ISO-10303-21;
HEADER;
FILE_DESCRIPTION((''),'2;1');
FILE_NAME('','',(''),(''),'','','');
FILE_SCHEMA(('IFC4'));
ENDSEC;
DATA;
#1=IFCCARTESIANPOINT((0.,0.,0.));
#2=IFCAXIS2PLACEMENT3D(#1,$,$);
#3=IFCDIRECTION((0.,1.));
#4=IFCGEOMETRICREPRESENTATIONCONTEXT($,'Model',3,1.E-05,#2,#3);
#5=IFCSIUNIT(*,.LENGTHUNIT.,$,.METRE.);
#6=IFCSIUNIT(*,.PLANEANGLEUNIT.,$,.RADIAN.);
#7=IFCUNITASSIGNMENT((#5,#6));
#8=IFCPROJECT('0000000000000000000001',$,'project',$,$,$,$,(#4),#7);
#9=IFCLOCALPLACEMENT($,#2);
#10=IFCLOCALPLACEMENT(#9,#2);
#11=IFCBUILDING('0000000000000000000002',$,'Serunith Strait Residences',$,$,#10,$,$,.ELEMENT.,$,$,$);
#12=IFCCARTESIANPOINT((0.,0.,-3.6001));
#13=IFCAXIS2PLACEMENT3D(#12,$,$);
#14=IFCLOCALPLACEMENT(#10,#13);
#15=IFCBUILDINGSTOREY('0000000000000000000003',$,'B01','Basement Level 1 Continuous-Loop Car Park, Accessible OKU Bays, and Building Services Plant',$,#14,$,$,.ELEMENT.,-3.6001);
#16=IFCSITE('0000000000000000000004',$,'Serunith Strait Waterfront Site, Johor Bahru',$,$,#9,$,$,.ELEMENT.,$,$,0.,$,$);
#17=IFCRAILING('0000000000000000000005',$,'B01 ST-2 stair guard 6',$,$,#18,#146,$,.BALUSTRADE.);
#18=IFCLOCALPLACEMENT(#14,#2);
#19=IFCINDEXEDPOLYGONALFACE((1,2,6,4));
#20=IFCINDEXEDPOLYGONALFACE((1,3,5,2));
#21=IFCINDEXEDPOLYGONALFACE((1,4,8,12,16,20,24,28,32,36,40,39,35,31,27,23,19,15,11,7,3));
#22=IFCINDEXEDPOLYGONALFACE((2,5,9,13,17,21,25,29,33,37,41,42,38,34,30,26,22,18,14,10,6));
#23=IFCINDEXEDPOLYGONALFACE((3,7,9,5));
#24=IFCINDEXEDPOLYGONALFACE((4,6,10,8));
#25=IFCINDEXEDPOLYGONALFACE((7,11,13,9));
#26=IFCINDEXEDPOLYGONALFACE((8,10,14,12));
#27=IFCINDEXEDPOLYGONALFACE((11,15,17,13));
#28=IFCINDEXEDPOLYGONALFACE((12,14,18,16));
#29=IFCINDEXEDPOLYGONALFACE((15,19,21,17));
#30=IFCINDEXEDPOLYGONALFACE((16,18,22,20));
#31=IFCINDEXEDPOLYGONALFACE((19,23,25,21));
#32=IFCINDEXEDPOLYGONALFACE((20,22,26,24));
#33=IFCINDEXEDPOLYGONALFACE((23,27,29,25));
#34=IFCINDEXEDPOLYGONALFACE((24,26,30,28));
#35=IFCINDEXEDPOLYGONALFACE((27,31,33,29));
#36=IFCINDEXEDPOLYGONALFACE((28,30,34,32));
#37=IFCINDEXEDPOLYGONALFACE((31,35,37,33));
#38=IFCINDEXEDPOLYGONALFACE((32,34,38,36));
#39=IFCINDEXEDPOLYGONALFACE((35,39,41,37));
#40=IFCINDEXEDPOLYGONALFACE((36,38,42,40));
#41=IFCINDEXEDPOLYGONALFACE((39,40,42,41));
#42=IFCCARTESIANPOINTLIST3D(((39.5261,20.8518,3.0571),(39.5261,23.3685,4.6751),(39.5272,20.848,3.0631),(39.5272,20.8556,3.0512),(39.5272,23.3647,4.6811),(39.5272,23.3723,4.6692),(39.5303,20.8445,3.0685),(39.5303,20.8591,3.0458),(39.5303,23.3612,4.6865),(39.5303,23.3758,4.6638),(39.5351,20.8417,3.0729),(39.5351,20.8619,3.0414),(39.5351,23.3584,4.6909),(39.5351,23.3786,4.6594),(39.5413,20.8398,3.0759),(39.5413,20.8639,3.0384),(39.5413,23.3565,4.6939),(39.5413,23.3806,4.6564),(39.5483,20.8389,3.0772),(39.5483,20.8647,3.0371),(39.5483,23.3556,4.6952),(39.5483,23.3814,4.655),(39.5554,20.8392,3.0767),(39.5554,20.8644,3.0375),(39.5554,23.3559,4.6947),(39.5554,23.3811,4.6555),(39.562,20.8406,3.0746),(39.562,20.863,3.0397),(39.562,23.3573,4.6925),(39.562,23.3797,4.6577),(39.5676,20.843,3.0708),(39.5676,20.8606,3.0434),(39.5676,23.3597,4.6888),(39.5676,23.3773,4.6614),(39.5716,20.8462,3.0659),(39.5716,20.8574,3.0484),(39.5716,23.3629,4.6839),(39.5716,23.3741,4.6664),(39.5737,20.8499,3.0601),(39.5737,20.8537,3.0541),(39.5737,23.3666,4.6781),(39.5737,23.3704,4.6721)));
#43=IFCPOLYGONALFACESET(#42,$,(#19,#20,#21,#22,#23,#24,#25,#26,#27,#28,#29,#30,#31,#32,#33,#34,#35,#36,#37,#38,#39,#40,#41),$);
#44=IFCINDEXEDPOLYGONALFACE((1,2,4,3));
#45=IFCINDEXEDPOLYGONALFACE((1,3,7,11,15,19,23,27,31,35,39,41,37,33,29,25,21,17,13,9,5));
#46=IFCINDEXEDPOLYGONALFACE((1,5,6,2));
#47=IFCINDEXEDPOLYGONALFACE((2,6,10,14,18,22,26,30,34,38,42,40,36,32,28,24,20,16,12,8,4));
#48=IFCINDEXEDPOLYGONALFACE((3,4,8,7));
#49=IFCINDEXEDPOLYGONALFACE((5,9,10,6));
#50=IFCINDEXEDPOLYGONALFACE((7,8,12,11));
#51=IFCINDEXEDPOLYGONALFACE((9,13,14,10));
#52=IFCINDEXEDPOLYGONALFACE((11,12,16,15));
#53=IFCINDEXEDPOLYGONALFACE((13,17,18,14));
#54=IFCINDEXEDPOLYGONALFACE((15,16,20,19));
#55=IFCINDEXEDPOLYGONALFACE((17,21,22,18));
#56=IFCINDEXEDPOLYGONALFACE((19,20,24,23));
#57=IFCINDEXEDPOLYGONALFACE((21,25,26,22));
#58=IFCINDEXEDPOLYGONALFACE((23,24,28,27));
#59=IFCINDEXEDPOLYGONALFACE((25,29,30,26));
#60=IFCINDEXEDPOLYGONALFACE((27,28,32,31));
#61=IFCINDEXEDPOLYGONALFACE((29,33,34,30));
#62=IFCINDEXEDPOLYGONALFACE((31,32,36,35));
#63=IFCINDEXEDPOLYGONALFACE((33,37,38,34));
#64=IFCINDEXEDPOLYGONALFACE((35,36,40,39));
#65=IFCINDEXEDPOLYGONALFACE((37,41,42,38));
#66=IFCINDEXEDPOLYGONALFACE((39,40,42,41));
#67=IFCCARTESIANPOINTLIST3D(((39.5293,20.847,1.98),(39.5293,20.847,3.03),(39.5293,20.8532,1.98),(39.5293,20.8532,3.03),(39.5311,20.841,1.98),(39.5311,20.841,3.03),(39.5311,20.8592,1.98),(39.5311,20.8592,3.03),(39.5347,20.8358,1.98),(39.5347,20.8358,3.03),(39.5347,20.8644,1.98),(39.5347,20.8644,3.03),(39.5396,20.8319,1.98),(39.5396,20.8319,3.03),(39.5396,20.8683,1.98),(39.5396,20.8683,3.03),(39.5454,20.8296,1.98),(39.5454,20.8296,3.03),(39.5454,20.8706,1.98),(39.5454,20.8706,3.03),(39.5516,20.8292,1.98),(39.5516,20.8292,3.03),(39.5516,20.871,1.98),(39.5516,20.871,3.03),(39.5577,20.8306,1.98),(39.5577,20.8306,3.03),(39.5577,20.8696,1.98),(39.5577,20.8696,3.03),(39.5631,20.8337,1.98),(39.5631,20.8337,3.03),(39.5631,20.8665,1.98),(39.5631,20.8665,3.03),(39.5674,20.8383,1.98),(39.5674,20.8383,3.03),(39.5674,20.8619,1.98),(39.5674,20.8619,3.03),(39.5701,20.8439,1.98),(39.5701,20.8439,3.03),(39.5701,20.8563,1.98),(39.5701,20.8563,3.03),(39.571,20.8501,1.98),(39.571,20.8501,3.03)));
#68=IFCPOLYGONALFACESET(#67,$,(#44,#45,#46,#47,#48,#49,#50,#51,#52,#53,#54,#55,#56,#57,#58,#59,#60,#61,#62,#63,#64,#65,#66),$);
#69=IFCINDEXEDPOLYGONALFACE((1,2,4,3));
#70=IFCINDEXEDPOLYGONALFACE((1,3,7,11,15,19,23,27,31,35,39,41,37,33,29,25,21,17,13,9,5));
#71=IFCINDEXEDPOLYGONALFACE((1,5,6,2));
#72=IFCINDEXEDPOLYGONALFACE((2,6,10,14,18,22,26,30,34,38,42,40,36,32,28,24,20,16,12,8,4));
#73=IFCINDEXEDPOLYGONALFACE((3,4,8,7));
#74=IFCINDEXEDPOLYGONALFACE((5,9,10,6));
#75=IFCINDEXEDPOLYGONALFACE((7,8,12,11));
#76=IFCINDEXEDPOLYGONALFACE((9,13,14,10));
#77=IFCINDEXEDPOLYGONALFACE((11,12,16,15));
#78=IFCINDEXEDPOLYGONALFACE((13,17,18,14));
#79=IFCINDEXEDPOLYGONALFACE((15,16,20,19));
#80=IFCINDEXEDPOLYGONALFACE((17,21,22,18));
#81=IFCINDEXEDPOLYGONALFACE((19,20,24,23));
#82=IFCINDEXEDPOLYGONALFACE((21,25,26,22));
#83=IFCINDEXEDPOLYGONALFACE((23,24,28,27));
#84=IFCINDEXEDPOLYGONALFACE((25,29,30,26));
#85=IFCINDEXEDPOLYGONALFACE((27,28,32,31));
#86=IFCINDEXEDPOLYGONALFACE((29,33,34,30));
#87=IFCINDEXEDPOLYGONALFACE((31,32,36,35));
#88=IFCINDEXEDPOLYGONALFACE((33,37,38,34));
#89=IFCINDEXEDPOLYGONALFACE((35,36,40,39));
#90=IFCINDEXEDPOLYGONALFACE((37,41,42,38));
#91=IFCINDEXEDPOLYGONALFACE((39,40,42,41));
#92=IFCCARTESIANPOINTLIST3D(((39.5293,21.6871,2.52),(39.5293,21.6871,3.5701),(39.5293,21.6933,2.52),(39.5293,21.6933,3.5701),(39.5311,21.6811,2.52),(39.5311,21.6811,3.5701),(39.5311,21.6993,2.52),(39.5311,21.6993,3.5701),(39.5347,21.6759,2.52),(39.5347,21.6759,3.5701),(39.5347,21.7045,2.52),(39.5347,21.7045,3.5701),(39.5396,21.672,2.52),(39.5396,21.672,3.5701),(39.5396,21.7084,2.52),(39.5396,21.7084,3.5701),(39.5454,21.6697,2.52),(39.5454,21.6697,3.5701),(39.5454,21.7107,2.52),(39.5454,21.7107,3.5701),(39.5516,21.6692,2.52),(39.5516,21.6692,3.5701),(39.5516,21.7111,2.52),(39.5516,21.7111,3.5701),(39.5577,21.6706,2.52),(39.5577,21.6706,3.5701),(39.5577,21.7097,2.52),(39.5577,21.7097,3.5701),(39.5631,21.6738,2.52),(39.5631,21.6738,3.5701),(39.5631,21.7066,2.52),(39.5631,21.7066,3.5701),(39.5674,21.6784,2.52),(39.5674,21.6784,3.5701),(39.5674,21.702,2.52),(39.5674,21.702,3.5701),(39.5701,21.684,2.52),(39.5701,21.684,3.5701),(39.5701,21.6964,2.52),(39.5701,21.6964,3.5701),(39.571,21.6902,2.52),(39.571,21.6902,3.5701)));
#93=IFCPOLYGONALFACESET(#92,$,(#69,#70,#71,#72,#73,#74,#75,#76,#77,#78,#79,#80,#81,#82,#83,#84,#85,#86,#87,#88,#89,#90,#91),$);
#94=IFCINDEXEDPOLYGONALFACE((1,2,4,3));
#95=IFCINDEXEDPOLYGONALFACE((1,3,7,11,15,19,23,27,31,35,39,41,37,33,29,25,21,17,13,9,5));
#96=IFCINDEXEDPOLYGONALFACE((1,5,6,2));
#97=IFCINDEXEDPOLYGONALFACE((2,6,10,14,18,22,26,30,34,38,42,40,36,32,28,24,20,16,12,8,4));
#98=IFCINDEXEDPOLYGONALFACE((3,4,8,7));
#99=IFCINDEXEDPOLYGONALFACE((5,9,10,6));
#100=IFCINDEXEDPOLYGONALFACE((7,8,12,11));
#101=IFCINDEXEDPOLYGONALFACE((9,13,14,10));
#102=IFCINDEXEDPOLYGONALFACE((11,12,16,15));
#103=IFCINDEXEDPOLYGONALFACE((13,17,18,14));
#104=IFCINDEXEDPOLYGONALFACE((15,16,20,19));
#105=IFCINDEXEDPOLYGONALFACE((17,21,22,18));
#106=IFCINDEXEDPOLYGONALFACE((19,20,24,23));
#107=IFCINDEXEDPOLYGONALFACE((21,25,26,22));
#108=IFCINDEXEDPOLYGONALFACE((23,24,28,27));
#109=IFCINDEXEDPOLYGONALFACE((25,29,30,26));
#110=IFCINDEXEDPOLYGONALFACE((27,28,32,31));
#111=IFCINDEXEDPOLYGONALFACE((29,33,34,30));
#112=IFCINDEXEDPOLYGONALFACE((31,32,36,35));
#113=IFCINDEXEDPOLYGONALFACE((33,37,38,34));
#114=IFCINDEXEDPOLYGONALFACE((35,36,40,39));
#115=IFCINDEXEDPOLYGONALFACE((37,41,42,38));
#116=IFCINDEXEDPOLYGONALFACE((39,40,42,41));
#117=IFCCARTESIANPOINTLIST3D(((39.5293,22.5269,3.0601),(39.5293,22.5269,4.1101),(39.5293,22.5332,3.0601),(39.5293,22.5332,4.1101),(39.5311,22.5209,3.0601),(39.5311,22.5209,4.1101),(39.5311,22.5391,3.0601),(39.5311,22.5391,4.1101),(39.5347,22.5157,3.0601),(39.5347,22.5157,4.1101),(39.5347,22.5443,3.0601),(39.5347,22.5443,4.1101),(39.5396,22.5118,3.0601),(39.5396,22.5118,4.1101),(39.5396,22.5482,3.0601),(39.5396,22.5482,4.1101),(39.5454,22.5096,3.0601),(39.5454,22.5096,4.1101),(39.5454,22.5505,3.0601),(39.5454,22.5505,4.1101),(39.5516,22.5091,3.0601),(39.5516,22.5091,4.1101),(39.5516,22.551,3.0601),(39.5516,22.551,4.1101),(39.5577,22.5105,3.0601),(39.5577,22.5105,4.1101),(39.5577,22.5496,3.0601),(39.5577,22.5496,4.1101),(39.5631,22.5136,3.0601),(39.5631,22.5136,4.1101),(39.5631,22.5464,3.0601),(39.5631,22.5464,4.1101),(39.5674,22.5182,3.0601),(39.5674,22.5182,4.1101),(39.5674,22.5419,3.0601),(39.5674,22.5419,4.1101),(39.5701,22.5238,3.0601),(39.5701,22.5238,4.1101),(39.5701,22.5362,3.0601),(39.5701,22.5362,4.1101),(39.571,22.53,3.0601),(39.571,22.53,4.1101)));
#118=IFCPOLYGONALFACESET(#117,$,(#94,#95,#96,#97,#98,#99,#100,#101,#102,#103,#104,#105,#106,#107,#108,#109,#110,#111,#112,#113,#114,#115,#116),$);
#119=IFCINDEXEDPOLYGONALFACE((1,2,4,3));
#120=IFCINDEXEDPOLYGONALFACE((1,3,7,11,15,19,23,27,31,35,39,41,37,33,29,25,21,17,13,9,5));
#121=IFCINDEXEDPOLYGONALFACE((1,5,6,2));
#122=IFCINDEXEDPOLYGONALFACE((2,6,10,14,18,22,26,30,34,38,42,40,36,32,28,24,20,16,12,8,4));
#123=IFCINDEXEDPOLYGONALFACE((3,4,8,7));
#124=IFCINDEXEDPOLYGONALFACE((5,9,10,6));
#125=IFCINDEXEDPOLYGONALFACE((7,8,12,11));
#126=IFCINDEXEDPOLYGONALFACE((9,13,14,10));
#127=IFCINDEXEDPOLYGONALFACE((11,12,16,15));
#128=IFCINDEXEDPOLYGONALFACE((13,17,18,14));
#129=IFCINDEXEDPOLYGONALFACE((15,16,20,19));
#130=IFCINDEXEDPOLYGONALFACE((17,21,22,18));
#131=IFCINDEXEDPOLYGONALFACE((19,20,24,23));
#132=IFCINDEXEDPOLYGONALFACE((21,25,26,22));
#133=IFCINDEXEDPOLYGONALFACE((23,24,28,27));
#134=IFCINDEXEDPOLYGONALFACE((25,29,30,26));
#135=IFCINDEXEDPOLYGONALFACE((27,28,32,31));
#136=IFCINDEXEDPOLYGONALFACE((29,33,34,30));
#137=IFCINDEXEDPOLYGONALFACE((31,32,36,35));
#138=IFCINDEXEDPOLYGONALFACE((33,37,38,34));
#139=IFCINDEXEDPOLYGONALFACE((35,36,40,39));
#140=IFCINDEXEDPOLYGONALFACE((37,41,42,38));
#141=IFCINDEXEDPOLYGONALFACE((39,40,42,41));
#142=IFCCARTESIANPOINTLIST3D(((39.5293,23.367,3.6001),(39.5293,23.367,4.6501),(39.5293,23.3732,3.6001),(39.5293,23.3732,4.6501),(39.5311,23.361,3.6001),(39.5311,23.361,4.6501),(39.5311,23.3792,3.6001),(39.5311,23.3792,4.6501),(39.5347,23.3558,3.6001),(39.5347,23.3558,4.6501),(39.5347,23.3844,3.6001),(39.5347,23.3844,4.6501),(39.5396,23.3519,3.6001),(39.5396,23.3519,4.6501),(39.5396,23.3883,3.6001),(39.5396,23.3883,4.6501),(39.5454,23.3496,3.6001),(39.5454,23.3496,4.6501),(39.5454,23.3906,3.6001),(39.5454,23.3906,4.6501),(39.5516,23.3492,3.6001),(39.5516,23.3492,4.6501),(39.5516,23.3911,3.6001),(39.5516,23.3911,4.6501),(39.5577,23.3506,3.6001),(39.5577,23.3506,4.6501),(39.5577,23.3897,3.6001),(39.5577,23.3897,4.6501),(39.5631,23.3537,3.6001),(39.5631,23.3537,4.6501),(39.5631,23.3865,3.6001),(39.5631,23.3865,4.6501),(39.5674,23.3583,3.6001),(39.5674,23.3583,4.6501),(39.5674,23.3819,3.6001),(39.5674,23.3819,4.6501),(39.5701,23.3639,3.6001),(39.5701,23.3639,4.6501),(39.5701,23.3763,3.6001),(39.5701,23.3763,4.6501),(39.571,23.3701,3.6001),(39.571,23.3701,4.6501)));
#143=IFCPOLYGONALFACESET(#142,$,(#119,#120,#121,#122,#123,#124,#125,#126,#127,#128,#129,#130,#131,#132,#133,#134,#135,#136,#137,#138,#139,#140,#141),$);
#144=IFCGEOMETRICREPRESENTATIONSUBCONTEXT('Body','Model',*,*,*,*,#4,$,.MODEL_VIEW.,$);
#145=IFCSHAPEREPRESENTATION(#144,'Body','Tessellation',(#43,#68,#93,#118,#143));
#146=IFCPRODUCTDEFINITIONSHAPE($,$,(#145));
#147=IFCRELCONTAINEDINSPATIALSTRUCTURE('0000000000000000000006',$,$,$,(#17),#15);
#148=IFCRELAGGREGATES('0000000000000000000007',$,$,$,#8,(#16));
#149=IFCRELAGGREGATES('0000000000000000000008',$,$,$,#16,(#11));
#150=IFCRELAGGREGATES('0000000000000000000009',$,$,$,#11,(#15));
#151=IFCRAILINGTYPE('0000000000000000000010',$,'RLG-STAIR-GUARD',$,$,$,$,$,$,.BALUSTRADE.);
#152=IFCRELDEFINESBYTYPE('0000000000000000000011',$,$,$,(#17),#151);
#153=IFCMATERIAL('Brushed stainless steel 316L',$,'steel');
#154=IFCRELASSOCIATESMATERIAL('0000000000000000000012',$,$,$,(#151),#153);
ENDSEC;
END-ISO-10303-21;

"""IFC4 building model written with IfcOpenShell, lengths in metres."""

from ifc_helpers import new_model, si_unit, direction, frame, origin, origin_2d, place, context, subcontext, project, spatial, circle, extrude, material, type_object, element, save


model = new_model("IFC4")

# Units and contexts
model_context = context("Model", 3, precision=1e-05, world=origin(), true_north=direction((0.0, 1.0)))
body_context = subcontext(model_context, "Body", "Model", "MODEL_VIEW")
ifc_project = project(units=[si_unit("LENGTHUNIT", "METRE"), si_unit("PLANEANGLEUNIT", "RADIAN")], contexts=[model_context])

# Site, building, storey
site_placement = place(None, origin())
site = spatial("IfcSite", under=ifc_project, at=site_placement, Name="Serunith Strait Waterfront Site, Johor Bahru", CompositionType="ELEMENT", RefElevation=0.0)
building_placement = place(site_placement, origin())
building = spatial("IfcBuilding", under=site, at=building_placement, Name="Serunith Strait Residences", CompositionType="ELEMENT")
storey_placement = place(building_placement, frame((0.0, 0.0, -3.6001)))
storey = spatial("IfcBuildingStorey", under=building, at=storey_placement, Name="B01", Description="Basement Level 1 Continuous-Loop Car Park, Accessible OKU Bays, and Building Services Plant", CompositionType="ELEMENT", Elevation=-3.6001)

# Railing
ifc_material_1 = material(Name="Brushed stainless steel 316L", Category="steel")
railing_type_1 = type_object("IfcRailingType", Name="RLG-STAIR-GUARD", PredefinedType="BALUSTRADE", material=ifc_material_1)
railing_1_placement = place(storey_placement, frame((39.55, 20.8501, 1.98)))
element("IfcRailing", 1, at=railing_1_placement, inside=storey, type_object=railing_type_1, Name="B01 ST-2 stair guard 6", PredefinedType="BALUSTRADE", context=body_context, shape_type="SweptSolid", body=[
    extrude(circle(Radius=0.0239, at=origin_2d()), frame((0.0, 0.0017, 1.0771), z_axis=(0.0, 0.841163, 0.540782), x_axis=(-1.0, 0.0, 0.0)), (0.0, 0.0, 1.0), 2.9919),
    extrude(circle(Radius=0.021, at=origin_2d()), origin(), (0.0, 0.0, 1.0), 1.05),
    extrude(circle(Radius=0.021, at=origin_2d()), frame((0.0, 0.8401, 0.54)), (0.0, 0.0, 1.0), 1.05),
    extrude(circle(Radius=0.021, at=origin_2d()), frame((0.0, 1.6799, 1.0801)), (0.0, 0.0, 1.0), 1.05),
    extrude(circle(Radius=0.021, at=origin_2d()), frame((0.0, 2.52, 1.6201)), (0.0, 0.0, 1.0), 1.05),
])

save(model, "model.ifc")
